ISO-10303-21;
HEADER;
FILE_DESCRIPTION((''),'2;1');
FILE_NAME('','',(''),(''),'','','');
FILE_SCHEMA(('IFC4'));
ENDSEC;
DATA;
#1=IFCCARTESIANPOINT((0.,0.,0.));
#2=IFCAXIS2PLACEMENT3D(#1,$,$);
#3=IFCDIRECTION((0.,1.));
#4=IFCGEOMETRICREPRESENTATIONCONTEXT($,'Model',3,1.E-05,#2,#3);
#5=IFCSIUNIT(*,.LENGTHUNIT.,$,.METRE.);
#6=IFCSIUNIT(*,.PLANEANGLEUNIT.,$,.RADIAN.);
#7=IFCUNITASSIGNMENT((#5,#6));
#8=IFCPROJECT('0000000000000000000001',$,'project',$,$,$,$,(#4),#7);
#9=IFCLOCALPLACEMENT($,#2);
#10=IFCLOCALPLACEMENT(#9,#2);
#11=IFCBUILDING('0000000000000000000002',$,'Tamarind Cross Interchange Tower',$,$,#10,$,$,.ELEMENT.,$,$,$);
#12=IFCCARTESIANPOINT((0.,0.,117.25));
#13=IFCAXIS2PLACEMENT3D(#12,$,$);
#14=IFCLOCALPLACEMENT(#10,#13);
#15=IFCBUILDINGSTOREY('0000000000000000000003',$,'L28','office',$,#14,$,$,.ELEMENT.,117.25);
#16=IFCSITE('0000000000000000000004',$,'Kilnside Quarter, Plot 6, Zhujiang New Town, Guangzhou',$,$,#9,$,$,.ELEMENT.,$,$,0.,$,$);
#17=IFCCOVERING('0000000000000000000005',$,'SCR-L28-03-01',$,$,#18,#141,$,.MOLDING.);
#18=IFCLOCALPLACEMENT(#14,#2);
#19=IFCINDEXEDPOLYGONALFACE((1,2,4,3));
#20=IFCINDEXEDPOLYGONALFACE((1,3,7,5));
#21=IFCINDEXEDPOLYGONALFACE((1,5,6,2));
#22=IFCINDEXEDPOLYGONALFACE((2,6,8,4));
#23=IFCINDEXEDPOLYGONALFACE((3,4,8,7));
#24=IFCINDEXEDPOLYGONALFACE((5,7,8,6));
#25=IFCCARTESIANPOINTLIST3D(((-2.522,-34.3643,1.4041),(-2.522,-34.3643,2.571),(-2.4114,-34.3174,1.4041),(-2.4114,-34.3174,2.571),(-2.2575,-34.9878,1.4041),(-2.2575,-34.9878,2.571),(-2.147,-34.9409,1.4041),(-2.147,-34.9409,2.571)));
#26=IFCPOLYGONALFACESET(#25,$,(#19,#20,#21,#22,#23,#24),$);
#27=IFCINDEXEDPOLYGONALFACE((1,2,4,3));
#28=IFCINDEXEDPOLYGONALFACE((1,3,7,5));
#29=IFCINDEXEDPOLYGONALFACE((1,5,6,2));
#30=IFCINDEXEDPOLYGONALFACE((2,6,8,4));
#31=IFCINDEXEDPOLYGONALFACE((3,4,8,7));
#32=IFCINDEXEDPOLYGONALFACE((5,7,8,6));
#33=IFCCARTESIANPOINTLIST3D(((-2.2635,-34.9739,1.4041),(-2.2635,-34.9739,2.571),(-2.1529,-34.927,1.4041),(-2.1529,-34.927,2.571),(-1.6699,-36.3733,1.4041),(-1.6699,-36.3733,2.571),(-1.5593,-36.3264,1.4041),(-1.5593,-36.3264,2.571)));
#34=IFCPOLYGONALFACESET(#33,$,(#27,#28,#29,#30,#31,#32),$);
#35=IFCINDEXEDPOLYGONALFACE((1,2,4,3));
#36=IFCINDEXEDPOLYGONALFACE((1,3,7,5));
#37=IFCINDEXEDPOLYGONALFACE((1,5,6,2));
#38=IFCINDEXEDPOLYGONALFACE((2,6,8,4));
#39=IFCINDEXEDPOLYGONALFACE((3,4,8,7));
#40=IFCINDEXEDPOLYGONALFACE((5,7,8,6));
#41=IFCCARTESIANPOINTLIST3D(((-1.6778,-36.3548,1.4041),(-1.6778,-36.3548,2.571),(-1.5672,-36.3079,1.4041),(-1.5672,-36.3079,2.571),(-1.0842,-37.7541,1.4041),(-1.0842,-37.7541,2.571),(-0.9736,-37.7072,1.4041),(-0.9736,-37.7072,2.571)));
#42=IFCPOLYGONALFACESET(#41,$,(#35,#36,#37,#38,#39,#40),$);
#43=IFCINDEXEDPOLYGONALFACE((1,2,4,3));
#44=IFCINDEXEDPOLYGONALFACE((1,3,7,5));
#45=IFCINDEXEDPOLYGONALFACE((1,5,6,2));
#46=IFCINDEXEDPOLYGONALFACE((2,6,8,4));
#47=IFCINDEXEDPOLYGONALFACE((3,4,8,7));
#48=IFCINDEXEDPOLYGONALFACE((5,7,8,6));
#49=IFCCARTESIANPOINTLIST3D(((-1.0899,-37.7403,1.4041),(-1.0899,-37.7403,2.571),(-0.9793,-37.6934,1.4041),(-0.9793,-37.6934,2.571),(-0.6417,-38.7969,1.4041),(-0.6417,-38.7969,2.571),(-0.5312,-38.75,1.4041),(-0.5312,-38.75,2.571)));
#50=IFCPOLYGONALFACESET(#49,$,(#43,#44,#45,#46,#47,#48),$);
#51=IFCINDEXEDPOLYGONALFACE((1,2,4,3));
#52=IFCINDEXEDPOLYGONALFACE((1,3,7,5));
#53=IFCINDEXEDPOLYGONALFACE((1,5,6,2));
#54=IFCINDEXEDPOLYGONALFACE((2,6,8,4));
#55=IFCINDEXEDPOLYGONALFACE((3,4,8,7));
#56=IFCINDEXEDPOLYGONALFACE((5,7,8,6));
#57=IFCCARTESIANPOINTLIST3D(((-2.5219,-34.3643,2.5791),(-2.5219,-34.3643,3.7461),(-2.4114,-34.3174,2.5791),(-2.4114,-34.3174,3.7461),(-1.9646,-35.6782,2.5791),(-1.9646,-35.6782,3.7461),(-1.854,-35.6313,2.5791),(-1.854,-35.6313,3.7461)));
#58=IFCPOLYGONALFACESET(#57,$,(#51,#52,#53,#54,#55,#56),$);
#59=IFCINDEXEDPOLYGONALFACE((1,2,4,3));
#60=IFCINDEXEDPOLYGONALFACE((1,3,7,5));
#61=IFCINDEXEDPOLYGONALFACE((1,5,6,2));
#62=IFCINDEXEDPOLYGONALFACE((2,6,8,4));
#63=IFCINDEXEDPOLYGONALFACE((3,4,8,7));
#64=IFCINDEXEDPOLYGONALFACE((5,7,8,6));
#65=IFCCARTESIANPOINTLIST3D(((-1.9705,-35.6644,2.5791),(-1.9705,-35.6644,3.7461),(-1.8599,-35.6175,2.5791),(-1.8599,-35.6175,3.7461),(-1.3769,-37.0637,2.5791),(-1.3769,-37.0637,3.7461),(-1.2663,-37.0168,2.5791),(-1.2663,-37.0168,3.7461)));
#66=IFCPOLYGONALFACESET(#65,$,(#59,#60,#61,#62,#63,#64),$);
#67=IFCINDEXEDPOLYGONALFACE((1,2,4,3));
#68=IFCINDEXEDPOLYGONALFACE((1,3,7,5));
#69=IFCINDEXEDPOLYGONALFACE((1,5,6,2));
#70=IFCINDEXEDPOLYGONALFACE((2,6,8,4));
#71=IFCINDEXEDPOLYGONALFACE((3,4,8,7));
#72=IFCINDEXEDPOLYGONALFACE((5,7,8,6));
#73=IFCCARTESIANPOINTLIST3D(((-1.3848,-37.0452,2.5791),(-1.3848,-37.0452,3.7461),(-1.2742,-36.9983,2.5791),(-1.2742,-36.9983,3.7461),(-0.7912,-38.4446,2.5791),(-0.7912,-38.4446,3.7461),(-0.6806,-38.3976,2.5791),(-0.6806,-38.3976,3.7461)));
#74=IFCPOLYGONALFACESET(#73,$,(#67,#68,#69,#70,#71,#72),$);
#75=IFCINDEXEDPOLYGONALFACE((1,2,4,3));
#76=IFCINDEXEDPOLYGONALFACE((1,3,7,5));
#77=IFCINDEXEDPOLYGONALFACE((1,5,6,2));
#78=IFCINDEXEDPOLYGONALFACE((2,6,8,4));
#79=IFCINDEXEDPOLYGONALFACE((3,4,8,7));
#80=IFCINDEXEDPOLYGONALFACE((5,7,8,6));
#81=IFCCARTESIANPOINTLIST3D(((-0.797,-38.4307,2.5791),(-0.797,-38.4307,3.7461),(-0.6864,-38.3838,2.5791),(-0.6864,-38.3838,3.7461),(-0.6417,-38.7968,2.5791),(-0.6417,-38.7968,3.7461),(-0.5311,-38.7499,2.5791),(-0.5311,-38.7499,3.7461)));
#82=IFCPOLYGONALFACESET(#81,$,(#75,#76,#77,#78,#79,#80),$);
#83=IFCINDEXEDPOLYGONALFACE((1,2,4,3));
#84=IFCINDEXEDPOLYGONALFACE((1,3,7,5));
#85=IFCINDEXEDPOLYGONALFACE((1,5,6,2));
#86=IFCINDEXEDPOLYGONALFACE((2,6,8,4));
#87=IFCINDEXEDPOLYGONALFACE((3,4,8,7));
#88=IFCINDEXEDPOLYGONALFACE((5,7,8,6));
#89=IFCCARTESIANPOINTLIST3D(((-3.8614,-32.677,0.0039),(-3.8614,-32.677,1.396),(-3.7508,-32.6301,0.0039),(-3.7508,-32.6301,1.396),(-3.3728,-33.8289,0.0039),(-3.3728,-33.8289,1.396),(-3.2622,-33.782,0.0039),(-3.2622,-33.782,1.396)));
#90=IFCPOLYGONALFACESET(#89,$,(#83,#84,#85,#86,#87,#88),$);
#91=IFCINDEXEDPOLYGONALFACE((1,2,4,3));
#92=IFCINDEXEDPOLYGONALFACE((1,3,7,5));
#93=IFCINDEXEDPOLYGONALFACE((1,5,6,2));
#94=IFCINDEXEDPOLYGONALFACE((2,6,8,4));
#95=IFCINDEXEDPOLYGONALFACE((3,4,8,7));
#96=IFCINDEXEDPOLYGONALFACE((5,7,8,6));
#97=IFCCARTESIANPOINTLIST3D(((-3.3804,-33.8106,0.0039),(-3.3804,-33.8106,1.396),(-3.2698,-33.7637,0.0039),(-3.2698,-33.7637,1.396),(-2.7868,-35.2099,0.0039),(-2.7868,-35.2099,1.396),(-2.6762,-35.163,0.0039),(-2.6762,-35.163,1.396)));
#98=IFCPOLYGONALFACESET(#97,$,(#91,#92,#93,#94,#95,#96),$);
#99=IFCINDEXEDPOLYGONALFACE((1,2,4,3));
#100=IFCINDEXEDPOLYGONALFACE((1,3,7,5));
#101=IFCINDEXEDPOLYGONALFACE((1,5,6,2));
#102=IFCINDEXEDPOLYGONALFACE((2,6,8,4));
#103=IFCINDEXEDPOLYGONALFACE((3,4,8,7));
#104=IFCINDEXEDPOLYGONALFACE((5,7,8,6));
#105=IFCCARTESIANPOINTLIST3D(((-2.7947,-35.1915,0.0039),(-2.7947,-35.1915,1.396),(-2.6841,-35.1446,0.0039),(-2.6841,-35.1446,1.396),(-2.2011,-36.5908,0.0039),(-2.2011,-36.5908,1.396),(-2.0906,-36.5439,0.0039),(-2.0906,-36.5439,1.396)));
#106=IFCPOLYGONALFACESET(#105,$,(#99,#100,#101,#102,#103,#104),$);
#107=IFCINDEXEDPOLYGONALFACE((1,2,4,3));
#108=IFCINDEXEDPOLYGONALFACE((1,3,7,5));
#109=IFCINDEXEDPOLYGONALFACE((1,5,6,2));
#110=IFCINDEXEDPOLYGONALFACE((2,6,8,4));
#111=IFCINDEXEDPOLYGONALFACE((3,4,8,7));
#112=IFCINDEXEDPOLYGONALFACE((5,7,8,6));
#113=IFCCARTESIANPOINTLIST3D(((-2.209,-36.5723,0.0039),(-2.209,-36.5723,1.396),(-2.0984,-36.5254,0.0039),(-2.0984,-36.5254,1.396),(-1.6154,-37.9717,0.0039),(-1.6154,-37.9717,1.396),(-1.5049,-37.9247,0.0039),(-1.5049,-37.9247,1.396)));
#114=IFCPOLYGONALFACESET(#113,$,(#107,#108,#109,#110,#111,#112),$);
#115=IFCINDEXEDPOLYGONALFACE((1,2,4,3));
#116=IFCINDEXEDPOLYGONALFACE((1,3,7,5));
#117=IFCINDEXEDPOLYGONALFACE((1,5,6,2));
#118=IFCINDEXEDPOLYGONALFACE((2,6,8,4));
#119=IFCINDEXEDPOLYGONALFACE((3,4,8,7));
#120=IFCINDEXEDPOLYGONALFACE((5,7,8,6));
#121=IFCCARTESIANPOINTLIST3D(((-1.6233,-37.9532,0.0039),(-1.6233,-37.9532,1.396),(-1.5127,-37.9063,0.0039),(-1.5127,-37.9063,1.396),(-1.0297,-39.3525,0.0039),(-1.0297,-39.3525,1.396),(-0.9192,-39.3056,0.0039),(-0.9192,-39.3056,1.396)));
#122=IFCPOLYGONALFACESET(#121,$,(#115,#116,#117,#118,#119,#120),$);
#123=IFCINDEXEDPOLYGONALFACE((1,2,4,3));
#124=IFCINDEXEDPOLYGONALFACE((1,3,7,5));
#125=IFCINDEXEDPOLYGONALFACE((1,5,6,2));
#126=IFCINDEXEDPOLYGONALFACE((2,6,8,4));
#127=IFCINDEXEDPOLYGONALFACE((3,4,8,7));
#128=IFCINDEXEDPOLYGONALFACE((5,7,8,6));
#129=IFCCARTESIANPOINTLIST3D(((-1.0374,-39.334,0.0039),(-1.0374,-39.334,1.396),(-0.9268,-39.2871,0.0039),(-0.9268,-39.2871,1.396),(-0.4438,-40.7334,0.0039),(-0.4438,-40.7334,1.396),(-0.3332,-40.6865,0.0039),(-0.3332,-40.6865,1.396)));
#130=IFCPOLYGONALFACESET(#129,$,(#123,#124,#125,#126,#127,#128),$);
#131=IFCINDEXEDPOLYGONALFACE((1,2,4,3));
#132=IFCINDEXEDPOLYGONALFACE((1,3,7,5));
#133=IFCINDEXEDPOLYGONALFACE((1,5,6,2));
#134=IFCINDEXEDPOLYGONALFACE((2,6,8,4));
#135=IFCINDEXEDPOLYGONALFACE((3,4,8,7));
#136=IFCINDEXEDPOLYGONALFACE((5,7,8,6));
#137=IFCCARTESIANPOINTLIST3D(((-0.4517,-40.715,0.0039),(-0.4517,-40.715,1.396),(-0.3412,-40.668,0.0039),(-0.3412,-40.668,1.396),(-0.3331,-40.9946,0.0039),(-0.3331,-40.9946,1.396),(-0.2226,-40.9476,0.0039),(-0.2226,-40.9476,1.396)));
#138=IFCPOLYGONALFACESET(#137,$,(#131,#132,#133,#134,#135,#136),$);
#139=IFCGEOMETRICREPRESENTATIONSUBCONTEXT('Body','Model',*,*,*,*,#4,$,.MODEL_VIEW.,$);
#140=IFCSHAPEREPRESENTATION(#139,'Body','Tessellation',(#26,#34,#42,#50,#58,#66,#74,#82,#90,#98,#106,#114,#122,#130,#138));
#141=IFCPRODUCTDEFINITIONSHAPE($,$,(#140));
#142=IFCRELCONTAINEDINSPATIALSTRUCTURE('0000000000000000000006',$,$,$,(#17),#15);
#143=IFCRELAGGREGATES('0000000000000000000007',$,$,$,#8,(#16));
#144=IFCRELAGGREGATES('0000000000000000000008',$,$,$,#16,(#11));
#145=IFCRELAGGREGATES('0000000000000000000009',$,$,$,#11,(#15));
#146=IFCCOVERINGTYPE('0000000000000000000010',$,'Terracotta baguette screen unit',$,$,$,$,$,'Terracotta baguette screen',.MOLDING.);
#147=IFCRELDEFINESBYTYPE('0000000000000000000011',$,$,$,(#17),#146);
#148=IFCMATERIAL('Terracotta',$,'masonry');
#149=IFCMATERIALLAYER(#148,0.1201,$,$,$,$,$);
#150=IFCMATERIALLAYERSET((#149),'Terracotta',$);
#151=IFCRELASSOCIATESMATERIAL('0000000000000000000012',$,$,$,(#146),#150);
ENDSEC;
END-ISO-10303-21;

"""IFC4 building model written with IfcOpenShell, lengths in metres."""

from ifc_helpers import new_model, si_unit, direction, frame, origin, origin_2d, place, context, subcontext, project, spatial, rectangle, extrude, material, layer, layer_set, type_object, element, save


model = new_model("IFC4")

# Units and contexts
model_context = context("Model", 3, precision=1e-05, world=origin(), true_north=direction((0.0, 1.0)))
body_context = subcontext(model_context, "Body", "Model", "MODEL_VIEW")
ifc_project = project(units=[si_unit("LENGTHUNIT", "METRE"), si_unit("PLANEANGLEUNIT", "RADIAN")], contexts=[model_context])

# Site, building, storey
site_placement = place(None, origin())
site = spatial("IfcSite", under=ifc_project, at=site_placement, Name="Kilnside Quarter, Plot 6, Zhujiang New Town, Guangzhou", CompositionType="ELEMENT", RefElevation=0.0)
building_placement = place(site_placement, origin())
building = spatial("IfcBuilding", under=site, at=building_placement, Name="Tamarind Cross Interchange Tower", CompositionType="ELEMENT")
storey_placement = place(building_placement, frame((0.0, 0.0, 117.25)))
storey = spatial("IfcBuildingStorey", under=building, at=storey_placement, Name="L28", Description="office", CompositionType="ELEMENT", Elevation=117.25)

# Covering
ifc_material_1 = material(Name="Terracotta", Category="masonry")
ifc_layer_1 = layer(ifc_material_1, 0.1201)
ifc_layer_set_1 = layer_set([ifc_layer_1], Name="Terracotta")
covering_type = type_object("IfcCoveringType", Name="Terracotta baguette screen unit", ElementType="Terracotta baguette screen", PredefinedType="MOLDING", material=ifc_layer_set_1)
covering_1_placement = place(storey_placement, origin())
element("IfcCovering", 1, at=covering_1_placement, inside=storey, type_object=covering_type, Name="SCR-L28-03-01", PredefinedType="MOLDING", context=body_context, shape_type="SweptSolid", body=[
    extrude(rectangle(XDim=0.6772, YDim=0.1201, at=origin_2d()), frame((-2.3345, -34.6526, 1.4041), z_axis=(0.0, 0.0, 1.0), x_axis=(0.3905, -0.920603, 0.0)), (0.0, 0.0, 1.0), 1.167),
    extrude(rectangle(XDim=1.52, YDim=0.1201, at=origin_2d()), frame((-1.9114, -35.6501, 1.4041), z_axis=(0.0, 0.0, 1.0), x_axis=(0.3905, -0.920603, 0.0)), (0.0, 0.0, 1.0), 1.167),
    extrude(rectangle(XDim=1.52, YDim=0.1201, at=origin_2d()), frame((-1.3257, -37.031, 1.4041), z_axis=(0.0, 0.0, 1.0), x_axis=(0.3905, -0.920603, 0.0)), (0.0, 0.0, 1.0), 1.167),
    extrude(rectangle(XDim=1.1477, YDim=0.1201, at=origin_2d()), frame((-0.8105, -38.2451, 1.4041), z_axis=(0.0, 0.0, 1.0), x_axis=(0.3905, -0.920603, 0.0)), (0.0, 0.0, 1.0), 1.167),
    extrude(rectangle(XDim=1.4272, YDim=0.1201, at=origin_2d()), frame((-2.188, -34.9978, 2.5791), z_axis=(0.0, 0.0, 1.0), x_axis=(0.3905, -0.920603, 0.0)), (0.0, 0.0, 1.0), 1.167),
    extrude(rectangle(XDim=1.52, YDim=0.1201, at=origin_2d()), frame((-1.6184, -36.3406, 2.5791), z_axis=(0.0, 0.0, 1.0), x_axis=(0.3905, -0.920603, 0.0)), (0.0, 0.0, 1.0), 1.167),
    extrude(rectangle(XDim=1.52, YDim=0.1201, at=origin_2d()), frame((-1.0327, -37.7214, 2.5791), z_axis=(0.0, 0.0, 1.0), x_axis=(0.3905, -0.920603, 0.0)), (0.0, 0.0, 1.0), 1.167),
    extrude(rectangle(XDim=0.3977, YDim=0.1201, at=origin_2d()), frame((-0.6641, -38.5903, 2.5791), z_axis=(0.0, 0.0, 1.0), x_axis=(0.3905, -0.920603, 0.0)), (0.0, 0.0, 1.0), 1.167),
    extrude(rectangle(XDim=1.2512, YDim=0.1201, at=origin_2d()), frame((-3.5618, -33.2295, 0.0039), z_axis=(0.0, 0.0, 1.0), x_axis=(0.3905, -0.920603, 0.0)), (0.0, 0.0, 1.0), 1.3921),
    extrude(rectangle(XDim=1.52, YDim=0.1201, at=origin_2d()), frame((-3.0283, -34.4868, 0.0039), z_axis=(0.0, 0.0, 1.0), x_axis=(0.3905, -0.920603, 0.0)), (0.0, 0.0, 1.0), 1.3921),
    extrude(rectangle(XDim=1.52, YDim=0.1201, at=origin_2d()), frame((-2.4426, -35.8677, 0.0039), z_axis=(0.0, 0.0, 1.0), x_axis=(0.3905, -0.920603, 0.0)), (0.0, 0.0, 1.0), 1.3921),
    extrude(rectangle(XDim=1.52, YDim=0.1201, at=origin_2d()), frame((-1.8569, -37.2485, 0.0039), z_axis=(0.0, 0.0, 1.0), x_axis=(0.3905, -0.920603, 0.0)), (0.0, 0.0, 1.0), 1.3921),
    extrude(rectangle(XDim=1.52, YDim=0.1201, at=origin_2d()), frame((-1.2712, -38.6294, 0.0039), z_axis=(0.0, 0.0, 1.0), x_axis=(0.3905, -0.920603, 0.0)), (0.0, 0.0, 1.0), 1.3921),
    extrude(rectangle(XDim=1.52, YDim=0.1201, at=origin_2d()), frame((-0.6853, -40.0103, 0.0039), z_axis=(0.0, 0.0, 1.0), x_axis=(0.3905, -0.920603, 0.0)), (0.0, 0.0, 1.0), 1.3921),
    extrude(rectangle(XDim=0.3037, YDim=0.1201, at=origin_2d()), frame((-0.3372, -40.8313, 0.0039), z_axis=(0.0, 0.0, 1.0), x_axis=(0.3905, -0.920603, 0.0)), (0.0, 0.0, 1.0), 1.3921),
])

save(model, "model.ifc")
